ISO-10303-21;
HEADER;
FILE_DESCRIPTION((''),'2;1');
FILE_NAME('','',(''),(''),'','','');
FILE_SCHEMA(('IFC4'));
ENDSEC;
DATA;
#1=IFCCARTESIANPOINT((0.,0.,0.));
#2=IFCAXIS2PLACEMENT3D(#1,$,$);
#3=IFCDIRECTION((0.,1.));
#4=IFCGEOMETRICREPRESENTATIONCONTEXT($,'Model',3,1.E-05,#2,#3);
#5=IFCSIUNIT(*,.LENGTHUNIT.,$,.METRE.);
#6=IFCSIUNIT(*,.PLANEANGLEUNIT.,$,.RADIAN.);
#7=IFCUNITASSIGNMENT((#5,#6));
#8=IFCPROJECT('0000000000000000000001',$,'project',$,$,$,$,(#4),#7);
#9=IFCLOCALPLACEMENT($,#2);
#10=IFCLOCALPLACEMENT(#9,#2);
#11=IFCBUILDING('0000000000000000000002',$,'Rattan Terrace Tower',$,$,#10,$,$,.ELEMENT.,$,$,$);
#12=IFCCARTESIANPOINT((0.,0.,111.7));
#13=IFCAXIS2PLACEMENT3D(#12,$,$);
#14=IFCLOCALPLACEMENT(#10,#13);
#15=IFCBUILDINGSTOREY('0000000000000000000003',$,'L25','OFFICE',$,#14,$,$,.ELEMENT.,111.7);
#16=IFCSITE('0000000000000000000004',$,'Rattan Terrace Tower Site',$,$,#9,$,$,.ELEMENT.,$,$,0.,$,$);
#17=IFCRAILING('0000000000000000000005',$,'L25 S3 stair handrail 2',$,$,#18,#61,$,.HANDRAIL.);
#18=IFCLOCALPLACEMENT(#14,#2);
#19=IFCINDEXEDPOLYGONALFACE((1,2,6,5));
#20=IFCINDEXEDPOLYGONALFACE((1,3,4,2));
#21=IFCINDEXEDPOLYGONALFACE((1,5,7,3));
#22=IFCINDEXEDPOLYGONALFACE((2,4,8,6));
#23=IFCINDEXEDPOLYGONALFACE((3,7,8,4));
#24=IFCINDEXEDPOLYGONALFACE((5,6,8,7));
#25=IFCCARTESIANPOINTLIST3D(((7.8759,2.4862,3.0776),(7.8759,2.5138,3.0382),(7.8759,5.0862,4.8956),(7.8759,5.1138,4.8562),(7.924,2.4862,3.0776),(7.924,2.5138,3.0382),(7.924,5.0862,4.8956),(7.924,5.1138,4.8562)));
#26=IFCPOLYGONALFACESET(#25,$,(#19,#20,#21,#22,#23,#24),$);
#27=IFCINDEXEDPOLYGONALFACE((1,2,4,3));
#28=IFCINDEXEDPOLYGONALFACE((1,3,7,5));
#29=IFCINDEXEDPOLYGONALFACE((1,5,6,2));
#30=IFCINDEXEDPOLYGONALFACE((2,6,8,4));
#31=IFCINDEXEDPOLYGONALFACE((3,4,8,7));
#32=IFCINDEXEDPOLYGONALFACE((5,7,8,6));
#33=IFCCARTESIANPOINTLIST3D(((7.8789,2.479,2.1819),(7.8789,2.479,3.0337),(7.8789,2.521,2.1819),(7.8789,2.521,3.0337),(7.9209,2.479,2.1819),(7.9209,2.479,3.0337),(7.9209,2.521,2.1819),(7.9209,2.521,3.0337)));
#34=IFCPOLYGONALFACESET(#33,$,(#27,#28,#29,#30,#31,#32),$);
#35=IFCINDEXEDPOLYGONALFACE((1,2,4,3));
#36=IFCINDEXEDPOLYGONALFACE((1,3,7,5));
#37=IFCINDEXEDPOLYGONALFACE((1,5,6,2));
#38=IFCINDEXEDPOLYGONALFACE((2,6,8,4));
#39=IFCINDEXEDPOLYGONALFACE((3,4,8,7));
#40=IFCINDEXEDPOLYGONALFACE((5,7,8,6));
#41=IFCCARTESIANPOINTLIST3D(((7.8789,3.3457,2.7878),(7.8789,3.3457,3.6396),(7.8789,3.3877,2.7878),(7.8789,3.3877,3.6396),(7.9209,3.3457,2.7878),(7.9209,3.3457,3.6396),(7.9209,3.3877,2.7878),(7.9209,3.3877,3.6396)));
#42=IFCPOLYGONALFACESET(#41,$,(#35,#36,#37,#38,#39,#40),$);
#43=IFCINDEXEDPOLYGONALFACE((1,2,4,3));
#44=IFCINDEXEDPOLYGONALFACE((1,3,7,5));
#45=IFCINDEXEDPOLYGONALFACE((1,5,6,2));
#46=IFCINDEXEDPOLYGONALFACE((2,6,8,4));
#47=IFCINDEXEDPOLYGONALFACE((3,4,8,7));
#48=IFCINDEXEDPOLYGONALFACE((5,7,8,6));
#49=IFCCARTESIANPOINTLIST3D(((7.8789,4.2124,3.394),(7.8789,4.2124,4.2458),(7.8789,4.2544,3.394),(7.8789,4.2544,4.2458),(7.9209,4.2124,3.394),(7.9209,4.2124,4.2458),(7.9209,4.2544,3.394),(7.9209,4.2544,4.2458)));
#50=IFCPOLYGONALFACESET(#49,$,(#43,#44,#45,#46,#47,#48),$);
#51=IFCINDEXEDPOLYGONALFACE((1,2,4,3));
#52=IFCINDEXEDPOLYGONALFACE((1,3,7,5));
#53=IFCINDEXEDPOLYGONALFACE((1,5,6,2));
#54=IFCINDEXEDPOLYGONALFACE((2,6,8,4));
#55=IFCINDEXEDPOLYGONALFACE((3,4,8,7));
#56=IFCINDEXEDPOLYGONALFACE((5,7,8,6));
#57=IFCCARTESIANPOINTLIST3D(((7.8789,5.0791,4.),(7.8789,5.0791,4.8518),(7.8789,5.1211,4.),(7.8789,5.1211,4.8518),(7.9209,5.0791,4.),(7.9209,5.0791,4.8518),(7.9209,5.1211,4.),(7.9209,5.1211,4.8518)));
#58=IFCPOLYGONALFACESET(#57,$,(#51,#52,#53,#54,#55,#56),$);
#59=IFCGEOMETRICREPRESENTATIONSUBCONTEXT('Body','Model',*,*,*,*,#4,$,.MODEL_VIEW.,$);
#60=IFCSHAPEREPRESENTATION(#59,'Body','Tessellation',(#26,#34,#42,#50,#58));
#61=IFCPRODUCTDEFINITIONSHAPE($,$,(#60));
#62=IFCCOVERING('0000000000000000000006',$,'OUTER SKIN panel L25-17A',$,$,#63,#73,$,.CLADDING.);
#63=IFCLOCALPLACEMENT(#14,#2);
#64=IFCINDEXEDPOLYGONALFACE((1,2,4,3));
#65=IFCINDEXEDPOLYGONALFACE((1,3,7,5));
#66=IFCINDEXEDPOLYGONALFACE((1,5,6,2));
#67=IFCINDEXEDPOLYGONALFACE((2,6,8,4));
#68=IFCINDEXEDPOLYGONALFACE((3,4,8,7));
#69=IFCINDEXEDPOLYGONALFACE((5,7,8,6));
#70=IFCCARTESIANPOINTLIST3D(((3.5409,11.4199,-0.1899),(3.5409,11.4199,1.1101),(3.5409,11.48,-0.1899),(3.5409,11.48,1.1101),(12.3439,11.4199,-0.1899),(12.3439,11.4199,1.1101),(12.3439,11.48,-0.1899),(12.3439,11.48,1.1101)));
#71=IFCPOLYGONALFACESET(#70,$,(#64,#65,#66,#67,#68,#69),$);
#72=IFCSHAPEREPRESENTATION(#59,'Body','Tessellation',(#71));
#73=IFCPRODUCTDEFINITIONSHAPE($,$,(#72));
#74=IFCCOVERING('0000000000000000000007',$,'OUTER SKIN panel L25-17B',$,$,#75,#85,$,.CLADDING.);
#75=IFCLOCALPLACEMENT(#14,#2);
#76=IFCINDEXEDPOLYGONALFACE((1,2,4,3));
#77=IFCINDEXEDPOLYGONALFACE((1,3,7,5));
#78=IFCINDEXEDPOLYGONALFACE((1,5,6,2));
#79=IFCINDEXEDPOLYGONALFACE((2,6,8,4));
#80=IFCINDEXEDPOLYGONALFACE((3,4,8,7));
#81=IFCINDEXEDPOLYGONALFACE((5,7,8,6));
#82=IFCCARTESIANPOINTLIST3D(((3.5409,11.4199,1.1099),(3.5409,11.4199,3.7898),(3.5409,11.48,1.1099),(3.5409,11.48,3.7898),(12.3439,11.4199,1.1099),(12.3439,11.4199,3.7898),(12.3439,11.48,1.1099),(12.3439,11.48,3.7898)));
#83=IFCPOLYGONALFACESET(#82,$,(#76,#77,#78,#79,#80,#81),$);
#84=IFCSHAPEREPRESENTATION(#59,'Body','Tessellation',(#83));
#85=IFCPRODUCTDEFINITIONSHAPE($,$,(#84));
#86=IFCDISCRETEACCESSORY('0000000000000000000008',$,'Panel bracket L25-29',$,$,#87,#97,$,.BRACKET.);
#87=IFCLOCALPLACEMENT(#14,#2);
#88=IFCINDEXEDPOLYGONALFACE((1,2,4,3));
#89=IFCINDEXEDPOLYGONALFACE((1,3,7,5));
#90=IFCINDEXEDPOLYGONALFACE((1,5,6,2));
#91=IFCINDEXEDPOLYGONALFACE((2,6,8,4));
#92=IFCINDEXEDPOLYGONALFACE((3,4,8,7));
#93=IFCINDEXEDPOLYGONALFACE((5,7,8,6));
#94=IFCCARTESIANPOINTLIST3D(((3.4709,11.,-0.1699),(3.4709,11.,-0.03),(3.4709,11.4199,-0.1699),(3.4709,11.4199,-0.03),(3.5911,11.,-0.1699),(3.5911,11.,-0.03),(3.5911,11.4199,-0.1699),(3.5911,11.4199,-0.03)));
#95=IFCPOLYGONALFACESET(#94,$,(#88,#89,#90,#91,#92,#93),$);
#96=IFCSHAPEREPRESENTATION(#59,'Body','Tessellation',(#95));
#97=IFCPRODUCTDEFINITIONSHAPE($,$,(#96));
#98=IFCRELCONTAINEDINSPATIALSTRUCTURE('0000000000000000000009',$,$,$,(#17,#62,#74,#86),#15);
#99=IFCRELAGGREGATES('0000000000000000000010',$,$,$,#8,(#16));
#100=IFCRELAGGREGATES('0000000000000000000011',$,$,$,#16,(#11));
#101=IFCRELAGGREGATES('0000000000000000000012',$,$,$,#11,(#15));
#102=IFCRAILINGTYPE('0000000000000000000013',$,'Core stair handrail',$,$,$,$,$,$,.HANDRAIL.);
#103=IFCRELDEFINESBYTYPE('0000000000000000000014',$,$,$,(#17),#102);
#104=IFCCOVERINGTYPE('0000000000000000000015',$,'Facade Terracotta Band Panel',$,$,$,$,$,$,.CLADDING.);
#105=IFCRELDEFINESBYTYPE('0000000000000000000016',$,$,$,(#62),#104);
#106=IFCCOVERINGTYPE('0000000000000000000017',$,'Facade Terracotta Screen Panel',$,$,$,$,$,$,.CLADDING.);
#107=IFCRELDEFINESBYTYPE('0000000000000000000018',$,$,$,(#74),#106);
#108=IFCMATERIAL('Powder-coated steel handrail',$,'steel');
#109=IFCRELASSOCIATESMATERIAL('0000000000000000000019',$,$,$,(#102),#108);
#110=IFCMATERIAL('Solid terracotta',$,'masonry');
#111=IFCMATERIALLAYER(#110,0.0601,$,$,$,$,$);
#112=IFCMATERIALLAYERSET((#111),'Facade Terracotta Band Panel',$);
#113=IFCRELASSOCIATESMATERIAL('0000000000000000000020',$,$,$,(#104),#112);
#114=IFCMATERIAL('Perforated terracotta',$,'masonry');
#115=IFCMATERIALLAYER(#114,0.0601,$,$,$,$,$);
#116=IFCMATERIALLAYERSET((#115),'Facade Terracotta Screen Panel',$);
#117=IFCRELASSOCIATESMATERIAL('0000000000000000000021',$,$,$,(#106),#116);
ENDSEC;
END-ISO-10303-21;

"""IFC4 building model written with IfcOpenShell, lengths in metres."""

from ifc_helpers import new_model, si_unit, direction, frame, origin, origin_2d, place, context, subcontext, project, spatial, rectangle, extrude, material, layer, layer_set, type_object, element, save


model = new_model("IFC4")

# Units and contexts
model_context = context("Model", 3, precision=1e-05, world=origin(), true_north=direction((0.0, 1.0)))
body_context = subcontext(model_context, "Body", "Model", "MODEL_VIEW")
ifc_project = project(units=[si_unit("LENGTHUNIT", "METRE"), si_unit("PLANEANGLEUNIT", "RADIAN")], contexts=[model_context])

# Site, building, storey
site_placement = place(None, origin())
site = spatial("IfcSite", under=ifc_project, at=site_placement, Name="Rattan Terrace Tower Site", CompositionType="ELEMENT", RefElevation=0.0)
building_placement = place(site_placement, origin())
building = spatial("IfcBuilding", under=site, at=building_placement, Name="Rattan Terrace Tower", CompositionType="ELEMENT")
storey_placement = place(building_placement, frame((0.0, 0.0, 111.7)))
storey = spatial("IfcBuildingStorey", under=building, at=storey_placement, Name="L25", Description="OFFICE", CompositionType="ELEMENT", Elevation=111.7)

# Railing
ifc_material_1 = material(Name="Powder-coated steel handrail", Category="steel")
railing_type_1 = type_object("IfcRailingType", Name="Core stair handrail", PredefinedType="HANDRAIL", material=ifc_material_1)
railing_1_placement = place(storey_placement, frame((7.8999, 2.5, 2.1819)))
element("IfcRailing", 1, at=railing_1_placement, inside=storey, type_object=railing_type_1, Name="L25 S3 stair handrail 2", PredefinedType="HANDRAIL", context=body_context, shape_type="SweptSolid", body=[
    extrude(rectangle(XDim=0.0481, YDim=0.0481, at=origin_2d()), frame((0.0, 0.0, 0.876), z_axis=(0.0, 0.819521, 0.573049), x_axis=(-1.0, 0.0, 0.0)), (0.0, 0.0, 1.0), 3.1726),
    extrude(rectangle(XDim=0.042, YDim=0.042, at=origin_2d()), origin(), (0.0, 0.0, 1.0), 0.8518),
    extrude(rectangle(XDim=0.042, YDim=0.042, at=origin_2d()), frame((0.0, 0.8667, 0.606)), (0.0, 0.0, 1.0), 0.8518),
    extrude(rectangle(XDim=0.042, YDim=0.042, at=origin_2d()), frame((0.0, 1.7334, 1.2122)), (0.0, 0.0, 1.0), 0.8518),
    extrude(rectangle(XDim=0.042, YDim=0.042, at=origin_2d()), frame((0.0, 2.6001, 1.8181)), (0.0, 0.0, 1.0), 0.8518),
])

# Coverings
ifc_material_2 = material(Name="Solid terracotta", Category="masonry")
ifc_layer_1 = layer(ifc_material_2, 0.0601)
ifc_layer_set_1 = layer_set([ifc_layer_1], Name="Facade Terracotta Band Panel")
covering_type_1 = type_object("IfcCoveringType", Name="Facade Terracotta Band Panel", PredefinedType="CLADDING", material=ifc_layer_set_1)
covering_1_placement = place(storey_placement, frame((7.9424, 11.45, -0.1899), z_axis=(0.0, 0.0, 1.0), x_axis=(-1.0, 0.0, 0.0)))
element("IfcCovering", 2, at=covering_1_placement, inside=storey, type_object=covering_type_1, Name="OUTER SKIN panel L25-17A", PredefinedType="CLADDING", context=body_context, shape_type="SweptSolid", body=[
    extrude(rectangle(XDim=8.803, YDim=0.0601, at=origin_2d()), origin(), (0.0, 0.0, 1.0), 1.3),
])
ifc_material_3 = material(Name="Perforated terracotta", Category="masonry")
ifc_layer_2 = layer(ifc_material_3, 0.0601)
ifc_layer_set_2 = layer_set([ifc_layer_2], Name="Facade Terracotta Screen Panel")
covering_type_2 = type_object("IfcCoveringType", Name="Facade Terracotta Screen Panel", PredefinedType="CLADDING", material=ifc_layer_set_2)
covering_2_placement = place(storey_placement, frame((7.9424, 11.45, 1.1099), z_axis=(0.0, 0.0, 1.0), x_axis=(-1.0, 0.0, 0.0)))
element("IfcCovering", 3, at=covering_2_placement, inside=storey, type_object=covering_type_2, Name="OUTER SKIN panel L25-17B", PredefinedType="CLADDING", context=body_context, shape_type="SweptSolid", body=[
    extrude(rectangle(XDim=8.803, YDim=0.0601, at=origin_2d()), origin(), (0.0, 0.0, 1.0), 2.6799),
])

# Discrete accessory
discrete_accessory_placement = place(storey_placement, frame((3.531, 11.21, -0.1699), z_axis=(0.0, 0.0, 1.0), x_axis=(-1.0, 0.0, 0.0)))
element("IfcDiscreteAccessory", 4, at=discrete_accessory_placement, inside=storey, Name="Panel bracket L25-29", PredefinedType="BRACKET", context=body_context, shape_type="SweptSolid", body=[
    extrude(rectangle(XDim=0.1201, YDim=0.4199, at=origin_2d()), origin(), (0.0, 0.0, 1.0), 0.1399),
])

save(model, "model.ifc")
